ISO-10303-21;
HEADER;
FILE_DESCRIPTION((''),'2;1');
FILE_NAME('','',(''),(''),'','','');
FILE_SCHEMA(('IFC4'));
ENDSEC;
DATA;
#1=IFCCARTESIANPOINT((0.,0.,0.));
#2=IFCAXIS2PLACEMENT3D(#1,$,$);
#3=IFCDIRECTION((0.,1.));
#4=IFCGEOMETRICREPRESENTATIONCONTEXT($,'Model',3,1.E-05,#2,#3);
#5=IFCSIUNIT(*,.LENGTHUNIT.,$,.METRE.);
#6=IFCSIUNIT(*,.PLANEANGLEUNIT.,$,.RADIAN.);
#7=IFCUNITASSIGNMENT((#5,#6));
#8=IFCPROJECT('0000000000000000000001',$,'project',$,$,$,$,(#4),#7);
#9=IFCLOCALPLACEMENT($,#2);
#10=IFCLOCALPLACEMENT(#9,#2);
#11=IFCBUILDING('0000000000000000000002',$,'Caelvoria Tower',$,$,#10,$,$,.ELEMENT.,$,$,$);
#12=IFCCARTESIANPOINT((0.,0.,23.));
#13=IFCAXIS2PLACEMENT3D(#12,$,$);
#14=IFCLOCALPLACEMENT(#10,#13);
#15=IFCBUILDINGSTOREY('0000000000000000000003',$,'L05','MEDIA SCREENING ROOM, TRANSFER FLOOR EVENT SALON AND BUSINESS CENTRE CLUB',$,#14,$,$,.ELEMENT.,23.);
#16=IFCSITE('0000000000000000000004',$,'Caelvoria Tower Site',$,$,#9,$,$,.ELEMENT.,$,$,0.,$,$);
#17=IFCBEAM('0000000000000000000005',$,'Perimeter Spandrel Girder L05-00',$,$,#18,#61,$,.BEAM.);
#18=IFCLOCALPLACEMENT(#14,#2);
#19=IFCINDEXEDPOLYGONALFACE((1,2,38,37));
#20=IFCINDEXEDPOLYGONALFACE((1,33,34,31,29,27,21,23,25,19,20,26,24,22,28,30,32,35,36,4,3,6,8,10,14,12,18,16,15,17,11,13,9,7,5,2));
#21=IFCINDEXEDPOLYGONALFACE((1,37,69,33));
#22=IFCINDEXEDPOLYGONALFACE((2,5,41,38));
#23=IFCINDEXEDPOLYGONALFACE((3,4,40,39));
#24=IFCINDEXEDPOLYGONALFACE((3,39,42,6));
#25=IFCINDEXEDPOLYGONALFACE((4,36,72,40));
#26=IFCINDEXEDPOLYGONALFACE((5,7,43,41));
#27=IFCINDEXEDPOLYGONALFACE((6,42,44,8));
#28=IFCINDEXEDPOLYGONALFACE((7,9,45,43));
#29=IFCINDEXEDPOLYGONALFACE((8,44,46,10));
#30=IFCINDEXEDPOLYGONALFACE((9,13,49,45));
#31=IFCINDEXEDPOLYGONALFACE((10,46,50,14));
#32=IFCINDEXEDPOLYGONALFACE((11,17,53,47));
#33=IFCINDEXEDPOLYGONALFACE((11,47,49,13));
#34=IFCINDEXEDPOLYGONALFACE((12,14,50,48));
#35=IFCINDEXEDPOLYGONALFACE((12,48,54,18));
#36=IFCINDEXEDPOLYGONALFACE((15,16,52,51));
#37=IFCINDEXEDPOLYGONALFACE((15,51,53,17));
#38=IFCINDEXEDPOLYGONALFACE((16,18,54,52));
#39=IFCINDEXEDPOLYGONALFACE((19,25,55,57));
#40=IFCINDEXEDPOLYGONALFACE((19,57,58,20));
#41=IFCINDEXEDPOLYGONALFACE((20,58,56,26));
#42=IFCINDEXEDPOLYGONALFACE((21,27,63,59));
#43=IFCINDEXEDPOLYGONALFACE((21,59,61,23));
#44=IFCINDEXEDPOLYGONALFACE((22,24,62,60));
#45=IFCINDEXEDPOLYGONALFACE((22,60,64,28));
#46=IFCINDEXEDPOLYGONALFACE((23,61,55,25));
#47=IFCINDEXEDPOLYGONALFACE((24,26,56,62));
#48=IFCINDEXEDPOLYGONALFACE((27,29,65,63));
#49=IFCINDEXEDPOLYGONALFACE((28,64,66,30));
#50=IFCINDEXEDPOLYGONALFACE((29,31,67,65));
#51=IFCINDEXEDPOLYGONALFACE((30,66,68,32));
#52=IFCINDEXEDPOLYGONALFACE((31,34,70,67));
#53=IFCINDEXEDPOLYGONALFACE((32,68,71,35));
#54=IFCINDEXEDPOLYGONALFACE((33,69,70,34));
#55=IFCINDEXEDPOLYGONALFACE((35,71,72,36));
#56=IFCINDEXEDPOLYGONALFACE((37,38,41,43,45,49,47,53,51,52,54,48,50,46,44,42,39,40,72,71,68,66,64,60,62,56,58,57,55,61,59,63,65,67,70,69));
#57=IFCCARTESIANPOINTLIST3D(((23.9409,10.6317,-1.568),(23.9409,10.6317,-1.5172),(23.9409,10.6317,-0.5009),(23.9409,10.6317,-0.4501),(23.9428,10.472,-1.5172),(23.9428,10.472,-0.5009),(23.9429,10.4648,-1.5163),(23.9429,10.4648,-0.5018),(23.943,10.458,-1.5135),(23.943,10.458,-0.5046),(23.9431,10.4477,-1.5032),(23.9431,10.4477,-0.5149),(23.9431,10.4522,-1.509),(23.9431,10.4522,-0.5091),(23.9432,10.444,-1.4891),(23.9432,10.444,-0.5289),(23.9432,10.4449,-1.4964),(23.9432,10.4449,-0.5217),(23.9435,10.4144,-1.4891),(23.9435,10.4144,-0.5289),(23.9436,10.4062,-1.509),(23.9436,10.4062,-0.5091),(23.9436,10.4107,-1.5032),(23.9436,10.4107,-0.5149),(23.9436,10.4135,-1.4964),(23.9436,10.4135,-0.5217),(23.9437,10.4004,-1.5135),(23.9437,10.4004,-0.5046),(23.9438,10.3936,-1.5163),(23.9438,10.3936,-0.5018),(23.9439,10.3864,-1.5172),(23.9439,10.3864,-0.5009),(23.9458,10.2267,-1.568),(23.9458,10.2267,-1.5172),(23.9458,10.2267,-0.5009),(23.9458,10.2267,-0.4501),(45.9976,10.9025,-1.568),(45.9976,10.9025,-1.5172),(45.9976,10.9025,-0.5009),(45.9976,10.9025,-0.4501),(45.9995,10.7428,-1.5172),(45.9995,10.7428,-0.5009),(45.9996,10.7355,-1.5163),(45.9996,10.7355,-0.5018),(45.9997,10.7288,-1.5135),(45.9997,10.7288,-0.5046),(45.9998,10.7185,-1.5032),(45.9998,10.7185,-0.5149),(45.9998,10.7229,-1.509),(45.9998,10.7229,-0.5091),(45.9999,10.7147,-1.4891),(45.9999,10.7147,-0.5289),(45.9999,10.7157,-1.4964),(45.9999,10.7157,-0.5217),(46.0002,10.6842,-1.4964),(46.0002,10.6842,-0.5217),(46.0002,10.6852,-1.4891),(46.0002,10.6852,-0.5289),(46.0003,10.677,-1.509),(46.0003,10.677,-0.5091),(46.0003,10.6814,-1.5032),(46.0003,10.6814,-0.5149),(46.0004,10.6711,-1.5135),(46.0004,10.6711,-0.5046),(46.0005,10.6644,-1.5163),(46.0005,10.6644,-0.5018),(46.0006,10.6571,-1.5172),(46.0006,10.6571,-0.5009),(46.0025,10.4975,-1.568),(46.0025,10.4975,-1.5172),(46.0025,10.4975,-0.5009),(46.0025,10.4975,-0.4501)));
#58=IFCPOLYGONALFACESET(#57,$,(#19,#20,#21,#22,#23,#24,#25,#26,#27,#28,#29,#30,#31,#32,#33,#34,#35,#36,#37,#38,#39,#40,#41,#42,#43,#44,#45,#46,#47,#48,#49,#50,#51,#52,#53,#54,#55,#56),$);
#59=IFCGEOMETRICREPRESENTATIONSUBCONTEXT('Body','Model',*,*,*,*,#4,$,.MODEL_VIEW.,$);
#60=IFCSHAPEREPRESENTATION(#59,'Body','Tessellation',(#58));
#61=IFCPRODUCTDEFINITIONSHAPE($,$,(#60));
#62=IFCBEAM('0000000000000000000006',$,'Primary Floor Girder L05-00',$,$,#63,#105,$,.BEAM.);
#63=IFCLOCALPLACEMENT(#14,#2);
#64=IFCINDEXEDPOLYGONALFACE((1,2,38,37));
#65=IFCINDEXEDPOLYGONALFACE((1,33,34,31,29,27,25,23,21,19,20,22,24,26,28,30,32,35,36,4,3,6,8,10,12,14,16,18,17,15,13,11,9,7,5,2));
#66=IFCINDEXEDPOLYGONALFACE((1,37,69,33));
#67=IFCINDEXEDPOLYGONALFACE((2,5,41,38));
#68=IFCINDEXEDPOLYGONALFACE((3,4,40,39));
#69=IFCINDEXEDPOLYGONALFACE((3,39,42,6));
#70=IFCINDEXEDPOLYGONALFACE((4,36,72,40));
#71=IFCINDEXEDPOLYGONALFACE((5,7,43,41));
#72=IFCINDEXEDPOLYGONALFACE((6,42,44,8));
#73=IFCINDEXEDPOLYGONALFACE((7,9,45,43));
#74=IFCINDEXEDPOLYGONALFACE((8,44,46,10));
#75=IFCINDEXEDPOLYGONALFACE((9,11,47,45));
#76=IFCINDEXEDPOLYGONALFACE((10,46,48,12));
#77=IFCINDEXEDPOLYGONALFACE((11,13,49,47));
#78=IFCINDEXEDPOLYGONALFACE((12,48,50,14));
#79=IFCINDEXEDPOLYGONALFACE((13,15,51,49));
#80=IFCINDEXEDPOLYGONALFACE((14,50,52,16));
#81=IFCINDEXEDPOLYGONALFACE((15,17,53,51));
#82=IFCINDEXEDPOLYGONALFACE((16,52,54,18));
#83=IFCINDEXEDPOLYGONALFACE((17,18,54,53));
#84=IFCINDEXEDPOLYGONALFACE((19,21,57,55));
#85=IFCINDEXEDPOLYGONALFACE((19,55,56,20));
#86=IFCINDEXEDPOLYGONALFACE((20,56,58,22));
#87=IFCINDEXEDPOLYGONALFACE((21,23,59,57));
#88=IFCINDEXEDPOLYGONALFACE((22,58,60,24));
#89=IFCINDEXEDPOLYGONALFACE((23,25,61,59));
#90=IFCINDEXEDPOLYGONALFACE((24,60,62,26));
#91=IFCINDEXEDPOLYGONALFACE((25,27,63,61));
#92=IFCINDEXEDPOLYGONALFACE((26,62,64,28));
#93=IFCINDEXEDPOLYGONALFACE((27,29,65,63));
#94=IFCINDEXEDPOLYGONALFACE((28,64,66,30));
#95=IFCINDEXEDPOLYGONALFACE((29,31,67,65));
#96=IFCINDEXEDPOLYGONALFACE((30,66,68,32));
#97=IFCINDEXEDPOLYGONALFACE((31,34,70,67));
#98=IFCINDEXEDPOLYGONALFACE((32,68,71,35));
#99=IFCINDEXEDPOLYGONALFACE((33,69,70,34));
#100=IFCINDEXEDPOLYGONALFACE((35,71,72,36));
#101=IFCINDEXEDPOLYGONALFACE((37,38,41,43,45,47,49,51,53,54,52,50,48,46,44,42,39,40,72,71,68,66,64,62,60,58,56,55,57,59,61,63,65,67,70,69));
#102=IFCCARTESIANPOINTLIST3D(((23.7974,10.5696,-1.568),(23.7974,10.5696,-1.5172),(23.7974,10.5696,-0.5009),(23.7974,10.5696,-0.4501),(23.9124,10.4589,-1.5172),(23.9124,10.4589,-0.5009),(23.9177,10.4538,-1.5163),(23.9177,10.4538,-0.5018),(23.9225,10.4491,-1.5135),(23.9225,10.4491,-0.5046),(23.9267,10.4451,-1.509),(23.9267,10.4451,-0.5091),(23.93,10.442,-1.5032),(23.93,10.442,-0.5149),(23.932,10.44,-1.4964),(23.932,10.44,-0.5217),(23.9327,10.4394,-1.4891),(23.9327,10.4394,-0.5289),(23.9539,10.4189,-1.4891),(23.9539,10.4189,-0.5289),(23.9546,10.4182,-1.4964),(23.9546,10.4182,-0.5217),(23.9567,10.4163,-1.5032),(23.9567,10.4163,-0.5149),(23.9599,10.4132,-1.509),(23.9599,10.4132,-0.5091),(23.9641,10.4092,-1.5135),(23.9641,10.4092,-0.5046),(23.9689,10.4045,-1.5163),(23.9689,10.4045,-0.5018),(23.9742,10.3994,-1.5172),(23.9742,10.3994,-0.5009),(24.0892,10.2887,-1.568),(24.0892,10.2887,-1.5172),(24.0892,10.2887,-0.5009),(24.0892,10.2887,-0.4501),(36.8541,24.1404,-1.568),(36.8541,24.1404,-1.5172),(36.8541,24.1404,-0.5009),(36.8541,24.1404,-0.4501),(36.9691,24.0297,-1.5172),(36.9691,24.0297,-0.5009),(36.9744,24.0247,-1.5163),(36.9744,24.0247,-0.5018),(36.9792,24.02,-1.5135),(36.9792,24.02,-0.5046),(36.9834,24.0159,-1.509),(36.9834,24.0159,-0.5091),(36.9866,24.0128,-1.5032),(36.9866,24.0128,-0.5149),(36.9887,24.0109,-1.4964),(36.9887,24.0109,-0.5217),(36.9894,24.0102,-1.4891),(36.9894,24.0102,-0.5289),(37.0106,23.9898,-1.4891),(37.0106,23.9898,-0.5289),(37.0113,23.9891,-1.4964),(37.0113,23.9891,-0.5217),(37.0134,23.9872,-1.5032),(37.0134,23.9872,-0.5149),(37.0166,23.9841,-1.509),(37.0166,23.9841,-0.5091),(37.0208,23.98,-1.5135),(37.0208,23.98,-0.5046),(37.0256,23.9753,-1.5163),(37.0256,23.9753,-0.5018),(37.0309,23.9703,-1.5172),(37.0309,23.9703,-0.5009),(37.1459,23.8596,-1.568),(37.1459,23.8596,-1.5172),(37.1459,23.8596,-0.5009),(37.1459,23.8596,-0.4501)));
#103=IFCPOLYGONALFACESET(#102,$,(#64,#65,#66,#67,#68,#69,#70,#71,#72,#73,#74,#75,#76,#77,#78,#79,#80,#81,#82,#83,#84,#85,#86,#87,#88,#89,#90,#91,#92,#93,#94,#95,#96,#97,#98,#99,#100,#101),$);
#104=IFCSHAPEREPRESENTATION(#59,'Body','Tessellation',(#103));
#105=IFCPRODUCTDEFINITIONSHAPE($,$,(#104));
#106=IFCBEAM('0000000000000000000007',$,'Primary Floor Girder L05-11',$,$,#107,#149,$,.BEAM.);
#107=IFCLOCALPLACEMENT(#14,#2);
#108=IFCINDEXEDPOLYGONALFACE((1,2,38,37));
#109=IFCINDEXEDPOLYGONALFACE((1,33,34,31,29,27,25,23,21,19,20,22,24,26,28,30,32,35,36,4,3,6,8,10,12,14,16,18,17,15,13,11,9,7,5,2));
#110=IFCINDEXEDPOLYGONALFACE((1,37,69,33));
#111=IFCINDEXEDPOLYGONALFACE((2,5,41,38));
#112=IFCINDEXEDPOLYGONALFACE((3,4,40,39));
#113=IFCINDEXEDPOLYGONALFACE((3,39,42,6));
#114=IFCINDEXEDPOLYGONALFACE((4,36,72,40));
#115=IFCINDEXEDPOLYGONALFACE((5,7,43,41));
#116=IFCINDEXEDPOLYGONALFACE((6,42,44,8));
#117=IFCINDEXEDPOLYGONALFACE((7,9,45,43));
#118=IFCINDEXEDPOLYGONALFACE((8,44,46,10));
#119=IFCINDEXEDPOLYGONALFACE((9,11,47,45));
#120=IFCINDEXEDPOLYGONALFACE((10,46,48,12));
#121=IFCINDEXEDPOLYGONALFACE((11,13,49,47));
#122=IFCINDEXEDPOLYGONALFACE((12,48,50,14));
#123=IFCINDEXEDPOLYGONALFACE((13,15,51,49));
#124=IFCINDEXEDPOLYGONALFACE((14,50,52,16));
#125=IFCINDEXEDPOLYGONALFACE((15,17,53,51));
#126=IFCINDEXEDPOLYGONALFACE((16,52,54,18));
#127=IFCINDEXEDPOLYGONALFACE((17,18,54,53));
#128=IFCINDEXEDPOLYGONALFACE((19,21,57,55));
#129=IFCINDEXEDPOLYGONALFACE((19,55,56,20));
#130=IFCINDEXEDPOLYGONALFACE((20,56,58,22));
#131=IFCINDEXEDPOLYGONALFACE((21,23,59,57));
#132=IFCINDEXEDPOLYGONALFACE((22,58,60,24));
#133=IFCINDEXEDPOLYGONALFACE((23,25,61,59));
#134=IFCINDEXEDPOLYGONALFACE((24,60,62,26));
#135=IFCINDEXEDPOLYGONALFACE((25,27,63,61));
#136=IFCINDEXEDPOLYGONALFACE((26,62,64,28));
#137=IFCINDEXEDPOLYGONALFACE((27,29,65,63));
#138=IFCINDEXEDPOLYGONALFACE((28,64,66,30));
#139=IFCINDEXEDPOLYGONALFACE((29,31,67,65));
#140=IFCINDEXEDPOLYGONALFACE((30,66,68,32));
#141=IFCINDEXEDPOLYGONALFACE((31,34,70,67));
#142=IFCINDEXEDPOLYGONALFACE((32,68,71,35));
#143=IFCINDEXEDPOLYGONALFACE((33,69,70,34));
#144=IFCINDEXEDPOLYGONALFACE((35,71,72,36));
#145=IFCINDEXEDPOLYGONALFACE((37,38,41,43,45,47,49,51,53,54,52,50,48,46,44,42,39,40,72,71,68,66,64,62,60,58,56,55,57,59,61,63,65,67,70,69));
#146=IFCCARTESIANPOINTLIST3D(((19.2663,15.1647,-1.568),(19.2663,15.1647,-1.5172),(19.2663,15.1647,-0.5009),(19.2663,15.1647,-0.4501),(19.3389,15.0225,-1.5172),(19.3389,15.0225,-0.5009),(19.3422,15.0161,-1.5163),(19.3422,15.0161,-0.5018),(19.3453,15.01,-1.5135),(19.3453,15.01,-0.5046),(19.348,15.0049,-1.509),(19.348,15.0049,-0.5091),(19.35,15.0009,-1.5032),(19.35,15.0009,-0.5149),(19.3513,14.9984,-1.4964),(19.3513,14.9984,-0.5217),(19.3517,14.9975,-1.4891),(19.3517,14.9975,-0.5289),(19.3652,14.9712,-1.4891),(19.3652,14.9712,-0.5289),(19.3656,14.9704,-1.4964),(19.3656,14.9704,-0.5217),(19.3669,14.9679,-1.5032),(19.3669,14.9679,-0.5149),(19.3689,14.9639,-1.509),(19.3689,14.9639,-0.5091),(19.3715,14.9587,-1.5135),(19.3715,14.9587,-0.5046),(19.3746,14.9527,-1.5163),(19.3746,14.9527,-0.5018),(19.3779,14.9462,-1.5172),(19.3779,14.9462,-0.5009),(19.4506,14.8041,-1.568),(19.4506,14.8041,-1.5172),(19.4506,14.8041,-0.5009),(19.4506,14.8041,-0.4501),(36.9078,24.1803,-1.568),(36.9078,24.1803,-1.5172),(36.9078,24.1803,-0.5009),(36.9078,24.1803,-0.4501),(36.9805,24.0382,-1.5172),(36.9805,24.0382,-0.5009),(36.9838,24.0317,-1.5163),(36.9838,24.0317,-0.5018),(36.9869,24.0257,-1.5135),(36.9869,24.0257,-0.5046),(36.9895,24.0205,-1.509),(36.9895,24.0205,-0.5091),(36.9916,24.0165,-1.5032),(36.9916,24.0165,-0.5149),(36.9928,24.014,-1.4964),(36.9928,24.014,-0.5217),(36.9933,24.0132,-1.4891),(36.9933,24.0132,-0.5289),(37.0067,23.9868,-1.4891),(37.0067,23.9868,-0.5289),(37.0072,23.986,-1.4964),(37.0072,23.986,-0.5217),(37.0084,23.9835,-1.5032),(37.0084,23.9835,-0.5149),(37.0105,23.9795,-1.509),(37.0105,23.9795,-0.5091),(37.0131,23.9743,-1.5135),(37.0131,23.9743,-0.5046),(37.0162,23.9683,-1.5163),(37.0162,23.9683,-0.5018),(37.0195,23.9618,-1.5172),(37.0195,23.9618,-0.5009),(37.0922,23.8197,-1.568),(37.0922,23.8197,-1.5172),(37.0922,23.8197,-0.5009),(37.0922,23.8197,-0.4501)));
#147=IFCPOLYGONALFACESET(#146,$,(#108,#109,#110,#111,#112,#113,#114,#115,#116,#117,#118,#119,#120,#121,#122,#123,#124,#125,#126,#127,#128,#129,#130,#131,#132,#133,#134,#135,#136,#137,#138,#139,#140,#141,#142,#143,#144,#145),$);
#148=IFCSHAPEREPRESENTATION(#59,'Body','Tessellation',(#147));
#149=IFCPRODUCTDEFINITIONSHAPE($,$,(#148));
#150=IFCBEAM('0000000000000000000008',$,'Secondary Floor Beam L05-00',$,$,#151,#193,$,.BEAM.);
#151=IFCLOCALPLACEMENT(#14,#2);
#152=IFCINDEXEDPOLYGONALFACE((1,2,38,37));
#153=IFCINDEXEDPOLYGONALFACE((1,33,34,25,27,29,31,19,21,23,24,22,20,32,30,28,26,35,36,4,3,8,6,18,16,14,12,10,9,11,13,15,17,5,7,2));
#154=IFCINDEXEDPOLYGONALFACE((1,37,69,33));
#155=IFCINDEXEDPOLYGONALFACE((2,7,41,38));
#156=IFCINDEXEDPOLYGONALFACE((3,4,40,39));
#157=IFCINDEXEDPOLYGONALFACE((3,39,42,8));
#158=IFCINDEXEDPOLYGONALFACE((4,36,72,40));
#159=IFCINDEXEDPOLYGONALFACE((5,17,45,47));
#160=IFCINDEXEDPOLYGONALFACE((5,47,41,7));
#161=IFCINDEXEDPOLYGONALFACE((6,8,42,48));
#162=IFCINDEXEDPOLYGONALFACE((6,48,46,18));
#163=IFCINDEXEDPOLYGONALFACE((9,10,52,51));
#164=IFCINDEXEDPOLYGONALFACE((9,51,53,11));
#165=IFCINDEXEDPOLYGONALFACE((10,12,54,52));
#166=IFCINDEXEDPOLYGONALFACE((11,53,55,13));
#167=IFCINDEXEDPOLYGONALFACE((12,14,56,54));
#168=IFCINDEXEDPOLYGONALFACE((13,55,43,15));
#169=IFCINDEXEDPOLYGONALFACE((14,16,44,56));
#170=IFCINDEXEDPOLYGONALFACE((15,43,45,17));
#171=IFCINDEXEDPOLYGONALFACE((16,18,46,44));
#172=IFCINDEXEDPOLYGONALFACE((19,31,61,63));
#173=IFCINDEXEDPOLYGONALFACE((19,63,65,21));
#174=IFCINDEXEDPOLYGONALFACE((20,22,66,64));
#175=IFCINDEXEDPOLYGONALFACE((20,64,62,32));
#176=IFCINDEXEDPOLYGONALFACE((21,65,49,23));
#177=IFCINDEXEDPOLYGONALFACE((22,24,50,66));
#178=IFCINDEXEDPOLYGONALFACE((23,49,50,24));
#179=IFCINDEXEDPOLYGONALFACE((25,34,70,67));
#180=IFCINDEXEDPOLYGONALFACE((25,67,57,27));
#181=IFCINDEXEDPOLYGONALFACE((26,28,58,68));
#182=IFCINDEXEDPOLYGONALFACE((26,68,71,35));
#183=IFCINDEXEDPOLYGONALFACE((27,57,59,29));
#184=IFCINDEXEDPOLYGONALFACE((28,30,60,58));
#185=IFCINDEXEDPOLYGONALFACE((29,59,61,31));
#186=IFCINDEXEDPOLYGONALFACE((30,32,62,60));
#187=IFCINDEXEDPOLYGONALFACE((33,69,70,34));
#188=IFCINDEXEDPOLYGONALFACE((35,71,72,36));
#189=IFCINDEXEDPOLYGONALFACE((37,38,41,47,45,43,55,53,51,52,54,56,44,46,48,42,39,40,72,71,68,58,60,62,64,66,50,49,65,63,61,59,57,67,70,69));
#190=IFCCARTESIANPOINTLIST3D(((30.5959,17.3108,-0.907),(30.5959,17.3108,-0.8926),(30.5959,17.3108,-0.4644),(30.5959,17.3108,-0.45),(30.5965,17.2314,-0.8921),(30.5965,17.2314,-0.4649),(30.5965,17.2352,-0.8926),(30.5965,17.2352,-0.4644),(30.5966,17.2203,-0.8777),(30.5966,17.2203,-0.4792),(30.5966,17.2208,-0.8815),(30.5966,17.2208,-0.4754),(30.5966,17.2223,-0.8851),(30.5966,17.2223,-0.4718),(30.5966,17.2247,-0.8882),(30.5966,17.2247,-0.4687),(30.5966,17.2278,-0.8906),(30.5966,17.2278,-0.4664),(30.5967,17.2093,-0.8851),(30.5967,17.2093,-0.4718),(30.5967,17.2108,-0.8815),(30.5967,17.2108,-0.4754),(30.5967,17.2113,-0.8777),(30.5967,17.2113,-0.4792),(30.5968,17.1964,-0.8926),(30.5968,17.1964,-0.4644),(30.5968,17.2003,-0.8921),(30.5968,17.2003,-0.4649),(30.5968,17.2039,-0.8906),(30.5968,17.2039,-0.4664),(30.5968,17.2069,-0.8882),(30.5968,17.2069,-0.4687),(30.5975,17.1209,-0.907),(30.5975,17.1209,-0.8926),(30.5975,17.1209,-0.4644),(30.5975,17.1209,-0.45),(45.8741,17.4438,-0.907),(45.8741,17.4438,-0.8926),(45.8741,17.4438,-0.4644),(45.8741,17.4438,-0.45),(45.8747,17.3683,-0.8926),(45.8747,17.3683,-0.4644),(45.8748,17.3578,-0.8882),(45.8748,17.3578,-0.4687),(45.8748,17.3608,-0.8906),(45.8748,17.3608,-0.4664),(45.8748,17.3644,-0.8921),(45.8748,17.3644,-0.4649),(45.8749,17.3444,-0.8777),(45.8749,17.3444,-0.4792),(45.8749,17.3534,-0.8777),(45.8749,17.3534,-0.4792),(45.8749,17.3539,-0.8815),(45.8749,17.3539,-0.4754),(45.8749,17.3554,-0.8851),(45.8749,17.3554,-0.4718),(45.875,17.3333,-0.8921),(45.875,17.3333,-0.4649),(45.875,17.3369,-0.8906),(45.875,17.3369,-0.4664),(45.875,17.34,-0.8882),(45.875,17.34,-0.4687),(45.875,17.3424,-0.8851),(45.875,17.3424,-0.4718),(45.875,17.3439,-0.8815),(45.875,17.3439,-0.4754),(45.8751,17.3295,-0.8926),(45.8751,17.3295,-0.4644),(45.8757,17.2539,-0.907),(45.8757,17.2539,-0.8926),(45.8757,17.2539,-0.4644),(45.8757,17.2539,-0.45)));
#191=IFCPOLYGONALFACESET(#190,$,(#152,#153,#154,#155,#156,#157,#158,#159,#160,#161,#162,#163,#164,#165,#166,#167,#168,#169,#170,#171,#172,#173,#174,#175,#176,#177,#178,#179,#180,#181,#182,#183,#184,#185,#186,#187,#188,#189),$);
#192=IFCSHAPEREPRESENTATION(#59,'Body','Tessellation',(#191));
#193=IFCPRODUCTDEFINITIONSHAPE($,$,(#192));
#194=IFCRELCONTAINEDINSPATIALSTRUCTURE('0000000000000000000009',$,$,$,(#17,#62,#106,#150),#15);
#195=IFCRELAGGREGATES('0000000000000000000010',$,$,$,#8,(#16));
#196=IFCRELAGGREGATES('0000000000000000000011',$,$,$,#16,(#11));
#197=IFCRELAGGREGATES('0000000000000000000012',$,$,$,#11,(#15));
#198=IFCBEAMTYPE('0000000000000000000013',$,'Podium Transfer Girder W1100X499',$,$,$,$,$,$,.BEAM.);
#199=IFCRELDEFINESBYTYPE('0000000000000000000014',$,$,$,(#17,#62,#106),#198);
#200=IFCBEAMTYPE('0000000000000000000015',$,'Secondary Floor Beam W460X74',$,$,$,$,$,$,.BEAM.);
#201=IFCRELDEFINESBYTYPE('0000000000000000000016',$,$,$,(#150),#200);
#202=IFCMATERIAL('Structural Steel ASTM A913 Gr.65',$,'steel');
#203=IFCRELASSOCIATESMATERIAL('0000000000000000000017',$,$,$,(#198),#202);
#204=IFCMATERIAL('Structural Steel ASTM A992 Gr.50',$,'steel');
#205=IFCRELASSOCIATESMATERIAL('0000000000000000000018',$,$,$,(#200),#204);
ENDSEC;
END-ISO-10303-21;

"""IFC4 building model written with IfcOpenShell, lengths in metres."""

from ifc_helpers import new_model, si_unit, direction, frame, origin, origin_2d, place, context, subcontext, project, spatial, i_section, extrude, material, material_profile, profile_set, type_object, element, save


model = new_model("IFC4")

# Units and contexts
model_context = context("Model", 3, precision=1e-05, world=origin(), true_north=direction((0.0, 1.0)))
body_context = subcontext(model_context, "Body", "Model", "MODEL_VIEW")
ifc_project = project(units=[si_unit("LENGTHUNIT", "METRE"), si_unit("PLANEANGLEUNIT", "RADIAN")], contexts=[model_context])

# Site, building, storey
site_placement = place(None, origin())
site = spatial("IfcSite", under=ifc_project, at=site_placement, Name="Caelvoria Tower Site", CompositionType="ELEMENT", RefElevation=0.0)
building_placement = place(site_placement, origin())
building = spatial("IfcBuilding", under=site, at=building_placement, Name="Caelvoria Tower", CompositionType="ELEMENT")
storey_placement = place(building_placement, frame((0.0, 0.0, 23.0)))
storey = spatial("IfcBuildingStorey", under=building, at=storey_placement, Name="L05", Description="MEDIA SCREENING ROOM, TRANSFER FLOOR EVENT SALON AND BUSINESS CENTRE CLUB", CompositionType="ELEMENT", Elevation=23.0)

# Beams
ifc_material_1 = material(Name="Structural Steel ASTM A913 Gr.65", Category="steel")
ifc_material_profile_1 = material_profile(ifc_material_1, i_section(OverallWidth=0.405, OverallDepth=1.1179, WebThickness=0.0295, FlangeThickness=0.0508, FilletRadius=0.0281, at=origin_2d()), Name="Structural Steel ASTM A913 Gr.65")
ifc_profile_set_1 = profile_set([ifc_material_profile_1], Name="W1100X499 - Structural Steel ASTM A913 Gr.65")
beam_type_1 = type_object("IfcBeamType", Name="Podium Transfer Girder W1100X499", PredefinedType="BEAM", material=ifc_profile_set_1)
beam_1_placement = place(storey_placement, frame((23.9434, 10.4292, -1.009), z_axis=(0.999925, 0.012274, 0.0), x_axis=(-0.012274, 0.999925, 0.0)))
element("IfcBeam", 1, at=beam_1_placement, inside=storey, type_object=beam_type_1, Name="Perimeter Spandrel Girder L05-00", PredefinedType="BEAM", context=body_context, shape_type="SweptSolid", body=[
    extrude(i_section(OverallWidth=0.405, OverallDepth=1.1179, WebThickness=0.0295, FlangeThickness=0.0508, FilletRadius=0.0281, at=origin_2d()), origin(), (0.0, 0.0, 1.0), 22.0583),
])
beam_2_placement = place(storey_placement, frame((37.0, 24.0, -1.009), z_axis=(-0.693324, -0.720626, 0.0), x_axis=(0.720626, -0.693324, 0.0)))
element("IfcBeam", 2, at=beam_2_placement, inside=storey, type_object=beam_type_1, Name="Primary Floor Girder L05-00", PredefinedType="BEAM", context=body_context, shape_type="SweptSolid", body=[
    extrude(i_section(OverallWidth=0.405, OverallDepth=1.1179, WebThickness=0.0295, FlangeThickness=0.0508, FilletRadius=0.0281, at=origin_2d()), origin(), (0.0, 0.0, 1.0), 18.832),
])
beam_3_placement = place(storey_placement, frame((37.0, 24.0, -1.009), z_axis=(-0.890459, -0.455063, 0.0), x_axis=(0.455063, -0.890459, 0.0)))
element("IfcBeam", 3, at=beam_3_placement, inside=storey, type_object=beam_type_1, Name="Primary Floor Girder L05-11", PredefinedType="BEAM", context=body_context, shape_type="SweptSolid", body=[
    extrude(i_section(OverallWidth=0.405, OverallDepth=1.1179, WebThickness=0.0295, FlangeThickness=0.0508, FilletRadius=0.0281, at=origin_2d()), origin(), (0.0, 0.0, 1.0), 19.8118),
])
ifc_material_2 = material(Name="Structural Steel ASTM A992 Gr.50", Category="steel")
ifc_material_profile_2 = material_profile(ifc_material_2, i_section(OverallWidth=0.1899, OverallDepth=0.457, WebThickness=0.009, FlangeThickness=0.0144, FilletRadius=0.0149, at=origin_2d()), Name="Structural Steel ASTM A992 Gr.50")
ifc_profile_set_2 = profile_set([ifc_material_profile_2], Name="W460X74 - Structural Steel ASTM A992 Gr.50")
beam_type_2 = type_object("IfcBeamType", Name="Secondary Floor Beam W460X74", PredefinedType="BEAM", material=ifc_profile_set_2)
beam_4_placement = place(storey_placement, frame((30.5967, 17.2158, -0.6785), z_axis=(0.999962, 0.008709, 0.0), x_axis=(-0.008709, 0.999962, 0.0)))
element("IfcBeam", 4, at=beam_4_placement, inside=storey, type_object=beam_type_2, Name="Secondary Floor Beam L05-00", PredefinedType="BEAM", context=body_context, shape_type="SweptSolid", body=[
    extrude(i_section(OverallWidth=0.1899, OverallDepth=0.457, WebThickness=0.009, FlangeThickness=0.0144, FilletRadius=0.0149, at=origin_2d()), origin(), (0.0, 0.0, 1.0), 15.2788),
])

save(model, "model.ifc")
